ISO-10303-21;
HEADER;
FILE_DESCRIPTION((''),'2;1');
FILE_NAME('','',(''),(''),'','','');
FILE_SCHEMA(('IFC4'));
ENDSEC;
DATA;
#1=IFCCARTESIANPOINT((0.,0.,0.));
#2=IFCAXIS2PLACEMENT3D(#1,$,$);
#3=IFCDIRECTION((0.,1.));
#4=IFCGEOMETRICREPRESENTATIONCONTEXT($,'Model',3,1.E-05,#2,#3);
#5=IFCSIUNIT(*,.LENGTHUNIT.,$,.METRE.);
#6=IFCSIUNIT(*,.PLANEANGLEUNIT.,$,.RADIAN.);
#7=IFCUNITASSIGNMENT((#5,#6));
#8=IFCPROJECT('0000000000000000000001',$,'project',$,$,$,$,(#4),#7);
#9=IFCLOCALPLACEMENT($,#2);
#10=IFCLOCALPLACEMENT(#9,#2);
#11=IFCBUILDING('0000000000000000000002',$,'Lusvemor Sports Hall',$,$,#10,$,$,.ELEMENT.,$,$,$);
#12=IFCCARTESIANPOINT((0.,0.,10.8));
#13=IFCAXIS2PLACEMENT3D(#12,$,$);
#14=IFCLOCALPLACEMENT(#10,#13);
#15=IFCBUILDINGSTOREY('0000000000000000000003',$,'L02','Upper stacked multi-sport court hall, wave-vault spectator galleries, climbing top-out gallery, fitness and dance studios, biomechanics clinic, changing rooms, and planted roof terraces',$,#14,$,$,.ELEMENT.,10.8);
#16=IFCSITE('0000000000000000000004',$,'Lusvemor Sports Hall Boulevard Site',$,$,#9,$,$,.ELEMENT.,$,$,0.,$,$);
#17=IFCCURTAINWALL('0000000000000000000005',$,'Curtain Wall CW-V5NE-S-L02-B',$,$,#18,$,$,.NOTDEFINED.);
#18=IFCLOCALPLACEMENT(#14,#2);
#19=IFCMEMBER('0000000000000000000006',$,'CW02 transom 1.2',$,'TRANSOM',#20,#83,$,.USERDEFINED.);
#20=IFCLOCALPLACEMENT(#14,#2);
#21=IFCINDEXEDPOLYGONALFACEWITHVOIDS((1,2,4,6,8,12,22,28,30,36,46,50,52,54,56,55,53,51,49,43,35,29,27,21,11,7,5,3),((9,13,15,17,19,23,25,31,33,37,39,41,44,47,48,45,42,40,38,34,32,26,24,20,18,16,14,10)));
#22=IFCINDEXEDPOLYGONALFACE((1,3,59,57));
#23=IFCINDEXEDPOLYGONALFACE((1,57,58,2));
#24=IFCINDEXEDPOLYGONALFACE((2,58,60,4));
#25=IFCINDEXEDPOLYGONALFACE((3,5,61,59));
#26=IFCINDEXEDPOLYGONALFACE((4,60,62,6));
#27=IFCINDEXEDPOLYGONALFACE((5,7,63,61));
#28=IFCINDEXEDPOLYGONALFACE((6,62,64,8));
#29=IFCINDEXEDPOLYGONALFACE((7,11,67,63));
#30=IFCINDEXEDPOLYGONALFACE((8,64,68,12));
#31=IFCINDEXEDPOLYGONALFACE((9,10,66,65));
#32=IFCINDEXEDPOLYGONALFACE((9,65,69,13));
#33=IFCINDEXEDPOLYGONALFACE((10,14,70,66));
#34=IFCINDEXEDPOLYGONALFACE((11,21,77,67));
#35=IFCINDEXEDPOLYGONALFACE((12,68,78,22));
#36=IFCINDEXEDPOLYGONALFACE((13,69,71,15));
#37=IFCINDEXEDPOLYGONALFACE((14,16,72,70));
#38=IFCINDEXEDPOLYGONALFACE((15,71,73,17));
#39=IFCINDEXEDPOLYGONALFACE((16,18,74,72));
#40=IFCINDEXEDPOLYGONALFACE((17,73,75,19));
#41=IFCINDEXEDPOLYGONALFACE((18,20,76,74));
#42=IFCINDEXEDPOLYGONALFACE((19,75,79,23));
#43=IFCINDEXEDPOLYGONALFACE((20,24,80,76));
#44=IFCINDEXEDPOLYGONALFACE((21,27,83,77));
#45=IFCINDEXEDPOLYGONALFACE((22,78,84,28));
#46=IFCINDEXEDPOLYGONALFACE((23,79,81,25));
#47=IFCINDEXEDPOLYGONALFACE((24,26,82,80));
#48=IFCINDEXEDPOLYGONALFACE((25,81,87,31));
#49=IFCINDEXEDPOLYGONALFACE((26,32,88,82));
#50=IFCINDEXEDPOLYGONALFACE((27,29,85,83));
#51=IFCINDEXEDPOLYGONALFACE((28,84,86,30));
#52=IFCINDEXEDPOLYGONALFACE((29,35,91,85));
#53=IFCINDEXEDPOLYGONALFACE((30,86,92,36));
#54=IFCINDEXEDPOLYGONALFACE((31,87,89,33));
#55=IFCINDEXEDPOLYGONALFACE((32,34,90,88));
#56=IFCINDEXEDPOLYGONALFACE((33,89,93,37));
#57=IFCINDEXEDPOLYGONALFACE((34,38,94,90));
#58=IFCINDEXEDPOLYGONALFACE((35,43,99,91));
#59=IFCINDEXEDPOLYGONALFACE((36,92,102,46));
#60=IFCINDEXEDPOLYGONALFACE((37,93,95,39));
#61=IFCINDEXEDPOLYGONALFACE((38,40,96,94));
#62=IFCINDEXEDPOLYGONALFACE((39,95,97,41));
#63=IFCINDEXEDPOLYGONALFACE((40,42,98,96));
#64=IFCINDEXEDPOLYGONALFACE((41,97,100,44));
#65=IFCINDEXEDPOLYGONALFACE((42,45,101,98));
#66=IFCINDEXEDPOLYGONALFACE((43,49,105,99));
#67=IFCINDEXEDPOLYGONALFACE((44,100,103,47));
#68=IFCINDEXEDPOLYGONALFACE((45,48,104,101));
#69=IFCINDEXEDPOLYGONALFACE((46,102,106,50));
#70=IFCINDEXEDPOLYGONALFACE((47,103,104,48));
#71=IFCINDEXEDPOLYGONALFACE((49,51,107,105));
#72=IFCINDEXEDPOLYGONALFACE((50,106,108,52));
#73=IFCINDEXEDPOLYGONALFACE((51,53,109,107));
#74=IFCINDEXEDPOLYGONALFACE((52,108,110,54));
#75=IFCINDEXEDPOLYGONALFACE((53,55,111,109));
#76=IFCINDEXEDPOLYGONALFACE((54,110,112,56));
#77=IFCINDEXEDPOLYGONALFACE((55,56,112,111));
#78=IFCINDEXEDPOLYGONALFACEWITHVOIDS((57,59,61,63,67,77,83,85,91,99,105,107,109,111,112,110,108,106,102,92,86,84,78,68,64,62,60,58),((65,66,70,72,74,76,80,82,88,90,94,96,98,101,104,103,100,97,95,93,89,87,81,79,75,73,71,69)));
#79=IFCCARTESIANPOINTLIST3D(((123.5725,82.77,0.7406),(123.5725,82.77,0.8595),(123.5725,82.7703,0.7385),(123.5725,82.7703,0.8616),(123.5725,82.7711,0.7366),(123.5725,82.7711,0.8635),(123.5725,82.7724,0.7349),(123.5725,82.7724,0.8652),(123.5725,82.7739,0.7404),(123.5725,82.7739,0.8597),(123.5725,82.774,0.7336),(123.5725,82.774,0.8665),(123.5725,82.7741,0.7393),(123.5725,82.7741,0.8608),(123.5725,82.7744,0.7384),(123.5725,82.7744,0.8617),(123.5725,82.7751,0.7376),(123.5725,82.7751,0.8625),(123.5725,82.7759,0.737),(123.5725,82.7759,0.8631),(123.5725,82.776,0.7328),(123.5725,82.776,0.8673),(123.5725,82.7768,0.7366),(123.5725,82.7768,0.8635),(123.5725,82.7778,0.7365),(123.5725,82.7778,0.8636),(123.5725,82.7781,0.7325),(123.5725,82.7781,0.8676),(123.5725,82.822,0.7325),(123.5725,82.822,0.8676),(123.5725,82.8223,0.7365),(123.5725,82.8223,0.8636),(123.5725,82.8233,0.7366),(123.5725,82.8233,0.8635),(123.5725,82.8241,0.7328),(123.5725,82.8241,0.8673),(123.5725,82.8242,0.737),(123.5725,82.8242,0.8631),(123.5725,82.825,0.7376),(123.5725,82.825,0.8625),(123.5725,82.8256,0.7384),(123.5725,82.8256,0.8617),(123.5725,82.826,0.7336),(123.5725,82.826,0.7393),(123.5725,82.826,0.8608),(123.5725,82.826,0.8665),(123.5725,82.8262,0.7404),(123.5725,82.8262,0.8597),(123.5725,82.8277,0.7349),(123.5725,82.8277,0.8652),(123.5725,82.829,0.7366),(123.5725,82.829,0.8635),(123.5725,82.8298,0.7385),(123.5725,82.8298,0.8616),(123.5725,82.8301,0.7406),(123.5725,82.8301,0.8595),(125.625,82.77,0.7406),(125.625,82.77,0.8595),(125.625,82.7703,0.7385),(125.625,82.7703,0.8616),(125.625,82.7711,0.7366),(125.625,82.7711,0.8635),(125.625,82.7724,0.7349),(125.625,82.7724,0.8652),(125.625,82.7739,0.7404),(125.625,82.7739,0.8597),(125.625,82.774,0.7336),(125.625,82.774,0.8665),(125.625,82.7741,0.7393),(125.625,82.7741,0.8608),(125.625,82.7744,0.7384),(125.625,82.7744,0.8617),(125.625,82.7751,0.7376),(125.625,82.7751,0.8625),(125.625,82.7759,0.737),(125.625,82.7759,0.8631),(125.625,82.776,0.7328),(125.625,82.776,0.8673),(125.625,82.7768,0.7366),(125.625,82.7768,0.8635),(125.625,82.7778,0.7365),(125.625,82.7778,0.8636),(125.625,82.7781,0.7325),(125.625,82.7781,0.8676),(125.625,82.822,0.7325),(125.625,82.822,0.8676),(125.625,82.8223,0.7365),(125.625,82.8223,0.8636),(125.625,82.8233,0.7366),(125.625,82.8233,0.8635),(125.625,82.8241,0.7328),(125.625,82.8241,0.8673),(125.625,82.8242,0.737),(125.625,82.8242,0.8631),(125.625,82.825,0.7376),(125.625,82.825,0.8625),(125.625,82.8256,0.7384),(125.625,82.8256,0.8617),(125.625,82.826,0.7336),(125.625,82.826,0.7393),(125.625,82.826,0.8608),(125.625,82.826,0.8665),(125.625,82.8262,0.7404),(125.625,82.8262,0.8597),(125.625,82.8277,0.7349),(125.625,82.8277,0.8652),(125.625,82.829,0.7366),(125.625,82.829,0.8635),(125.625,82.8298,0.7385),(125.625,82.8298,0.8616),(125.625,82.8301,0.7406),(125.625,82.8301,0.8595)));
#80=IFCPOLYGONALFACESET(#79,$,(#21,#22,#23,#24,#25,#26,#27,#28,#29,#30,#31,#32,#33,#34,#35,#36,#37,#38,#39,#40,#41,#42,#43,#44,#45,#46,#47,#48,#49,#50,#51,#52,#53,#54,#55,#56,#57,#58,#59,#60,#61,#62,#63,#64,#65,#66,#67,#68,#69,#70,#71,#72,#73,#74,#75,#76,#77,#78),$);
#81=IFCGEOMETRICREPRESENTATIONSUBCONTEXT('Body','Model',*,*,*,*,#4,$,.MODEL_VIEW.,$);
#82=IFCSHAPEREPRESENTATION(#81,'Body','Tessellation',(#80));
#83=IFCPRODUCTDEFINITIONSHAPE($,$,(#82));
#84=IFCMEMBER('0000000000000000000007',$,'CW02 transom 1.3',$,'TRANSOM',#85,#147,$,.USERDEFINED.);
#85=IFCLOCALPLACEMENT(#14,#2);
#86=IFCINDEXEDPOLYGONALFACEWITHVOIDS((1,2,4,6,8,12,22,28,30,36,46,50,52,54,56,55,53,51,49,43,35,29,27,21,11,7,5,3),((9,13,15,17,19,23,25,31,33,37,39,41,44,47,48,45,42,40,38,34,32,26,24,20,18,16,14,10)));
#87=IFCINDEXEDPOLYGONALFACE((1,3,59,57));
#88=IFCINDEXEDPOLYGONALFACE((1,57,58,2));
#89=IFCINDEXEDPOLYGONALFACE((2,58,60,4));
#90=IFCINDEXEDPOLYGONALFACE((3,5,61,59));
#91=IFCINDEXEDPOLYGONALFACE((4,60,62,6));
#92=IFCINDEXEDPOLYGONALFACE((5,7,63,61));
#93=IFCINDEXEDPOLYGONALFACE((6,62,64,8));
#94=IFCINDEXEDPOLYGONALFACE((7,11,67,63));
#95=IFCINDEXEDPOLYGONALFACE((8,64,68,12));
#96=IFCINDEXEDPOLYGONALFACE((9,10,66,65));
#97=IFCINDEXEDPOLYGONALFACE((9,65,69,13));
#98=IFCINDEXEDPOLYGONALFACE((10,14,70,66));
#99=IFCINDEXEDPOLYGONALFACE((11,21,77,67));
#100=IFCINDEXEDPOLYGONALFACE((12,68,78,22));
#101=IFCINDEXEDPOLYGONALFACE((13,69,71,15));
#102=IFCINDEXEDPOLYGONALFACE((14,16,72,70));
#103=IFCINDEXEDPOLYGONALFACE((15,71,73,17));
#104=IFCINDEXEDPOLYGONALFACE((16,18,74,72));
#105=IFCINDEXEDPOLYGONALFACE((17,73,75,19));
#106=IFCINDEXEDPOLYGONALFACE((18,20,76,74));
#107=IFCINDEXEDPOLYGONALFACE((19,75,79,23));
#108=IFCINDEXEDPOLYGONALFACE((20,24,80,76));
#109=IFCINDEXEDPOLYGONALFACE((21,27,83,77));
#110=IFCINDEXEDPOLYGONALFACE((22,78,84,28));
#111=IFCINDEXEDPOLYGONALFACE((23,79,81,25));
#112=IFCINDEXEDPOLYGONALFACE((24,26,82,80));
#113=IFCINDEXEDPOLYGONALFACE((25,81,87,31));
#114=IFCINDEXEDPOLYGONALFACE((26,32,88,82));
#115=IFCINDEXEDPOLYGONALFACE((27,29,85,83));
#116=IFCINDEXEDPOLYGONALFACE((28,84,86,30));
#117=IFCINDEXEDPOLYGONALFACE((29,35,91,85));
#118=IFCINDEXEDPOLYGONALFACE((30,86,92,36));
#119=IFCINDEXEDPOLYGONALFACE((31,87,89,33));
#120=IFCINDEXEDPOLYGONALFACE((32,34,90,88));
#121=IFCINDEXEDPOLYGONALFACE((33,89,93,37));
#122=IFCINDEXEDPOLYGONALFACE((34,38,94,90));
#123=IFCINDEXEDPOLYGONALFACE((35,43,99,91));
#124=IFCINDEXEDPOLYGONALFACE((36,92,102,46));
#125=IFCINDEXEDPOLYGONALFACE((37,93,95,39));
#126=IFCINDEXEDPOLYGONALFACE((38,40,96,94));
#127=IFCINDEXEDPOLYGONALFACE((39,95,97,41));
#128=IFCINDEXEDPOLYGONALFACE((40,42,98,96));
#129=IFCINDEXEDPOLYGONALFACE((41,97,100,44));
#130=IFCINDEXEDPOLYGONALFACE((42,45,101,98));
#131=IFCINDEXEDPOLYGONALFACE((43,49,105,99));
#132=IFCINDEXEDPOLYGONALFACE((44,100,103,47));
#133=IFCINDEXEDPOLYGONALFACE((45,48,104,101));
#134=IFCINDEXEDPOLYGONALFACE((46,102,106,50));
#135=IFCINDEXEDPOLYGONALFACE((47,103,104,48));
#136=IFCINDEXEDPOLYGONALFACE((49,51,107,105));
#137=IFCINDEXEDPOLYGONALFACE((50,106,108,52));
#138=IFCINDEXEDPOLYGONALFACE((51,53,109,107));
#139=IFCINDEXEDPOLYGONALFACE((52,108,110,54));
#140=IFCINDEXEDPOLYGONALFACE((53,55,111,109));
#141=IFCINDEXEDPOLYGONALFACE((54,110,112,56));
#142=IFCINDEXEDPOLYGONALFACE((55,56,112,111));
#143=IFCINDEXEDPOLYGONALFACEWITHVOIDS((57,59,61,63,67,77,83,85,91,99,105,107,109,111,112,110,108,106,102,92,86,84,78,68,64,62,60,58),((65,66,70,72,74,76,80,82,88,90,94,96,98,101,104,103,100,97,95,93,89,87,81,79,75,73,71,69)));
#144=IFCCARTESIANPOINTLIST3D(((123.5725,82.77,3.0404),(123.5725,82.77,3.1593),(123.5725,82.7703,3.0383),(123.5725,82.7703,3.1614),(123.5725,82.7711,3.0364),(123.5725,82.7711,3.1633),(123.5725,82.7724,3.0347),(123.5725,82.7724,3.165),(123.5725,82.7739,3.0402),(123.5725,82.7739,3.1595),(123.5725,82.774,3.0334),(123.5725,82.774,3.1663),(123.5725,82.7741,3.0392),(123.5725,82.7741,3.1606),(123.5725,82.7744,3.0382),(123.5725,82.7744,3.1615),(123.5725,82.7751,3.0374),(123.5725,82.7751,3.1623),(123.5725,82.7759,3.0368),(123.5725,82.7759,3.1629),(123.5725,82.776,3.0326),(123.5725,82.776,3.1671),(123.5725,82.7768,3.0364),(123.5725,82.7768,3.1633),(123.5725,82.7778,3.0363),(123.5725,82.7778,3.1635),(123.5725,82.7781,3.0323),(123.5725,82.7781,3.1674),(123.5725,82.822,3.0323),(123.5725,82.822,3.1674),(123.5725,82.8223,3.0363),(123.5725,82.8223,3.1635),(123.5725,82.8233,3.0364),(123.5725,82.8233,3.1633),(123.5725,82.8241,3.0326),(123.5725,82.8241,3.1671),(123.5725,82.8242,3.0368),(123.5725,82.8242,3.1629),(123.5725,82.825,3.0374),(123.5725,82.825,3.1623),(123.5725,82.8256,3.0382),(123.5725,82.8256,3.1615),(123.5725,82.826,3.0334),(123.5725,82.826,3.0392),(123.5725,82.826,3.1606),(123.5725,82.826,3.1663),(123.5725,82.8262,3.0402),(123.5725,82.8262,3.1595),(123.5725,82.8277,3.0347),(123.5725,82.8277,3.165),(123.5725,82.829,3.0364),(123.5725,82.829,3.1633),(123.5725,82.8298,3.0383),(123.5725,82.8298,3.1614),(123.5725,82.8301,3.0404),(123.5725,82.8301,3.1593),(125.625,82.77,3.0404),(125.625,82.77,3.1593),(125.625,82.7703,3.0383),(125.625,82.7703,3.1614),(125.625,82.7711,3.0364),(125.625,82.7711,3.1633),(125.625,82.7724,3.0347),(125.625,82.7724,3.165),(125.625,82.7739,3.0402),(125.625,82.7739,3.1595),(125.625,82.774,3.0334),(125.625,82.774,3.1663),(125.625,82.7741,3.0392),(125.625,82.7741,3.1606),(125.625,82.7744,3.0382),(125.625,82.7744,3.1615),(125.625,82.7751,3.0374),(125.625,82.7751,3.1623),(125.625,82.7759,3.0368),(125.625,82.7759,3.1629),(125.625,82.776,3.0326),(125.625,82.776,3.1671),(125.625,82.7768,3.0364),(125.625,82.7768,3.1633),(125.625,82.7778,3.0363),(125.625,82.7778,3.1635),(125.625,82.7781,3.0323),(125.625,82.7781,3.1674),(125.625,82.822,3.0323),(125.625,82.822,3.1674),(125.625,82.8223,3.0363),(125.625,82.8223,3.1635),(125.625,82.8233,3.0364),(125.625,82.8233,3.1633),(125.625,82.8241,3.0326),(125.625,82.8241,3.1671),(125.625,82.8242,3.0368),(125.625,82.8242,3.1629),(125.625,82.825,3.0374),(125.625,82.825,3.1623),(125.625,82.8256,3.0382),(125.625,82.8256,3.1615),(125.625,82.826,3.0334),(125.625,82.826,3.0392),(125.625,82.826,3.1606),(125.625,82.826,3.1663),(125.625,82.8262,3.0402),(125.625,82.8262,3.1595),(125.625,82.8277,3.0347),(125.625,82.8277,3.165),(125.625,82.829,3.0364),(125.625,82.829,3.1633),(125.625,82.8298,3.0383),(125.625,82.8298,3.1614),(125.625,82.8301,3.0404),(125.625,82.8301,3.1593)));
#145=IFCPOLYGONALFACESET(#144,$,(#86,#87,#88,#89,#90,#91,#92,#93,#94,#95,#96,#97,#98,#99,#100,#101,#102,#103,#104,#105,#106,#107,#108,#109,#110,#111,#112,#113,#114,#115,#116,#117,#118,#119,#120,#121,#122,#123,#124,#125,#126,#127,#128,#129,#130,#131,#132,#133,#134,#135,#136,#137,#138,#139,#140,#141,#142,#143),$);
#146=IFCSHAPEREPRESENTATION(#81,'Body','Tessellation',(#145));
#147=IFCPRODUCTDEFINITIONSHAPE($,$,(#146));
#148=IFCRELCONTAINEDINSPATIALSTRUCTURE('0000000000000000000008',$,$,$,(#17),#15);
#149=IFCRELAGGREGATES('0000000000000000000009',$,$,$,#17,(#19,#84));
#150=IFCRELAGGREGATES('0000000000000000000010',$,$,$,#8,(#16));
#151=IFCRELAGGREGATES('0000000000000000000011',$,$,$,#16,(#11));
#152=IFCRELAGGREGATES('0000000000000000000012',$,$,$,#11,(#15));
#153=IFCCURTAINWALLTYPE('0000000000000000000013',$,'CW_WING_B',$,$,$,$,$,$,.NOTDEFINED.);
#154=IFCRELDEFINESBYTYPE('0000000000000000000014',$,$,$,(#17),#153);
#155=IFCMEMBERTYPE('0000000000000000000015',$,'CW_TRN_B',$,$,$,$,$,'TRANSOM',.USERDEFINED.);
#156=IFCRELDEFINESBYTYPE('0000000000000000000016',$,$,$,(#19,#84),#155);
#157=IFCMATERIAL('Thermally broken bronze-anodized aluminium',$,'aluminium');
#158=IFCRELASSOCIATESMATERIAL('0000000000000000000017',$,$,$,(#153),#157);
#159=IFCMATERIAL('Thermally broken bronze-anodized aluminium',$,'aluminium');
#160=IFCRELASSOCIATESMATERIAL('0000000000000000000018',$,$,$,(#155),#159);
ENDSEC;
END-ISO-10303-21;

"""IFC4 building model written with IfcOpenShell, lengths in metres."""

from ifc_helpers import new_model, si_unit, direction, frame, origin, origin_2d, place, context, subcontext, project, spatial, hollow_rectangle, extrude, material, material_profile, profile_set, type_object, element, aggregate, save


model = new_model("IFC4")

# Units and contexts
model_context = context("Model", 3, precision=1e-05, world=origin(), true_north=direction((0.0, 1.0)))
body_context = subcontext(model_context, "Body", "Model", "MODEL_VIEW")
ifc_project = project(units=[si_unit("LENGTHUNIT", "METRE"), si_unit("PLANEANGLEUNIT", "RADIAN")], contexts=[model_context])

# Site, building, storey
site_placement = place(None, origin())
site = spatial("IfcSite", under=ifc_project, at=site_placement, Name="Lusvemor Sports Hall Boulevard Site", CompositionType="ELEMENT", RefElevation=0.0)
building_placement = place(site_placement, origin())
building = spatial("IfcBuilding", under=site, at=building_placement, Name="Lusvemor Sports Hall", CompositionType="ELEMENT")
storey_placement = place(building_placement, frame((0.0, 0.0, 10.8)))
storey = spatial("IfcBuildingStorey", under=building, at=storey_placement, Name="L02", Description="Upper stacked multi-sport court hall, wave-vault spectator galleries, climbing top-out gallery, fitness and dance studios, biomechanics clinic, changing rooms, and planted roof terraces", CompositionType="ELEMENT", Elevation=10.8)

# Curtain wall, members
ifc_material_1 = material(Name="Thermally broken bronze-anodized aluminium", Category="aluminium")
curtain_wall_type = type_object("IfcCurtainWallType", Name="CW_WING_B", PredefinedType="NOTDEFINED", material=ifc_material_1)
curtain_wall_placement = place(storey_placement, origin())
curtain_wall = element("IfcCurtainWall", 1, at=curtain_wall_placement, inside=storey, type_object=curtain_wall_type, Name="Curtain Wall CW-V5NE-S-L02-B", PredefinedType="NOTDEFINED")
ifc_material_2 = material(Name="Thermally broken bronze-anodized aluminium", Category="aluminium")
ifc_material_profile_1 = material_profile(ifc_material_2, hollow_rectangle(XDim=0.0601, YDim=0.135, WallThickness=0.0039, InnerFilletRadius=0.0039, OuterFilletRadius=0.0081, at=origin_2d()), Name="CWTRN135x60x4")
ifc_profile_set_1 = profile_set([ifc_material_profile_1], Name="Thermally broken bronze-anodized aluminium")
member_type_1 = type_object("IfcMemberType", Name="CW_TRN_B", ElementType="TRANSOM", PredefinedType="USERDEFINED", material=ifc_profile_set_1)
member_1_placement = place(storey_placement, frame((125.625, 82.8, 0.8), z_axis=(-1.0, 0.0, 0.0), x_axis=(0.0, -1.0, 0.0)))
member_1 = element("IfcMember", 2, at=member_1_placement, type_object=member_type_1, Name="CW02 transom 1.2", ObjectType="TRANSOM", PredefinedType="USERDEFINED", context=body_context, shape_type="SweptSolid", body=[
    extrude(hollow_rectangle(XDim=0.0601, YDim=0.135, WallThickness=0.0039, InnerFilletRadius=0.0039, OuterFilletRadius=0.0081, at=origin_2d()), origin(), (0.0, 0.0, 1.0), 2.0525),
])
member_2_placement = place(storey_placement, frame((125.625, 82.8, 3.0999), z_axis=(-1.0, 0.0, 0.0), x_axis=(0.0, -1.0, 0.0)))
member_2 = element("IfcMember", 3, at=member_2_placement, type_object=member_type_1, Name="CW02 transom 1.3", ObjectType="TRANSOM", PredefinedType="USERDEFINED", context=body_context, shape_type="SweptSolid", body=[
    extrude(hollow_rectangle(XDim=0.0601, YDim=0.135, WallThickness=0.0039, InnerFilletRadius=0.0039, OuterFilletRadius=0.0081, at=origin_2d()), origin(), (0.0, 0.0, 1.0), 2.0525),
])
aggregate(curtain_wall, [member_1, member_2])

save(model, "model.ifc")
